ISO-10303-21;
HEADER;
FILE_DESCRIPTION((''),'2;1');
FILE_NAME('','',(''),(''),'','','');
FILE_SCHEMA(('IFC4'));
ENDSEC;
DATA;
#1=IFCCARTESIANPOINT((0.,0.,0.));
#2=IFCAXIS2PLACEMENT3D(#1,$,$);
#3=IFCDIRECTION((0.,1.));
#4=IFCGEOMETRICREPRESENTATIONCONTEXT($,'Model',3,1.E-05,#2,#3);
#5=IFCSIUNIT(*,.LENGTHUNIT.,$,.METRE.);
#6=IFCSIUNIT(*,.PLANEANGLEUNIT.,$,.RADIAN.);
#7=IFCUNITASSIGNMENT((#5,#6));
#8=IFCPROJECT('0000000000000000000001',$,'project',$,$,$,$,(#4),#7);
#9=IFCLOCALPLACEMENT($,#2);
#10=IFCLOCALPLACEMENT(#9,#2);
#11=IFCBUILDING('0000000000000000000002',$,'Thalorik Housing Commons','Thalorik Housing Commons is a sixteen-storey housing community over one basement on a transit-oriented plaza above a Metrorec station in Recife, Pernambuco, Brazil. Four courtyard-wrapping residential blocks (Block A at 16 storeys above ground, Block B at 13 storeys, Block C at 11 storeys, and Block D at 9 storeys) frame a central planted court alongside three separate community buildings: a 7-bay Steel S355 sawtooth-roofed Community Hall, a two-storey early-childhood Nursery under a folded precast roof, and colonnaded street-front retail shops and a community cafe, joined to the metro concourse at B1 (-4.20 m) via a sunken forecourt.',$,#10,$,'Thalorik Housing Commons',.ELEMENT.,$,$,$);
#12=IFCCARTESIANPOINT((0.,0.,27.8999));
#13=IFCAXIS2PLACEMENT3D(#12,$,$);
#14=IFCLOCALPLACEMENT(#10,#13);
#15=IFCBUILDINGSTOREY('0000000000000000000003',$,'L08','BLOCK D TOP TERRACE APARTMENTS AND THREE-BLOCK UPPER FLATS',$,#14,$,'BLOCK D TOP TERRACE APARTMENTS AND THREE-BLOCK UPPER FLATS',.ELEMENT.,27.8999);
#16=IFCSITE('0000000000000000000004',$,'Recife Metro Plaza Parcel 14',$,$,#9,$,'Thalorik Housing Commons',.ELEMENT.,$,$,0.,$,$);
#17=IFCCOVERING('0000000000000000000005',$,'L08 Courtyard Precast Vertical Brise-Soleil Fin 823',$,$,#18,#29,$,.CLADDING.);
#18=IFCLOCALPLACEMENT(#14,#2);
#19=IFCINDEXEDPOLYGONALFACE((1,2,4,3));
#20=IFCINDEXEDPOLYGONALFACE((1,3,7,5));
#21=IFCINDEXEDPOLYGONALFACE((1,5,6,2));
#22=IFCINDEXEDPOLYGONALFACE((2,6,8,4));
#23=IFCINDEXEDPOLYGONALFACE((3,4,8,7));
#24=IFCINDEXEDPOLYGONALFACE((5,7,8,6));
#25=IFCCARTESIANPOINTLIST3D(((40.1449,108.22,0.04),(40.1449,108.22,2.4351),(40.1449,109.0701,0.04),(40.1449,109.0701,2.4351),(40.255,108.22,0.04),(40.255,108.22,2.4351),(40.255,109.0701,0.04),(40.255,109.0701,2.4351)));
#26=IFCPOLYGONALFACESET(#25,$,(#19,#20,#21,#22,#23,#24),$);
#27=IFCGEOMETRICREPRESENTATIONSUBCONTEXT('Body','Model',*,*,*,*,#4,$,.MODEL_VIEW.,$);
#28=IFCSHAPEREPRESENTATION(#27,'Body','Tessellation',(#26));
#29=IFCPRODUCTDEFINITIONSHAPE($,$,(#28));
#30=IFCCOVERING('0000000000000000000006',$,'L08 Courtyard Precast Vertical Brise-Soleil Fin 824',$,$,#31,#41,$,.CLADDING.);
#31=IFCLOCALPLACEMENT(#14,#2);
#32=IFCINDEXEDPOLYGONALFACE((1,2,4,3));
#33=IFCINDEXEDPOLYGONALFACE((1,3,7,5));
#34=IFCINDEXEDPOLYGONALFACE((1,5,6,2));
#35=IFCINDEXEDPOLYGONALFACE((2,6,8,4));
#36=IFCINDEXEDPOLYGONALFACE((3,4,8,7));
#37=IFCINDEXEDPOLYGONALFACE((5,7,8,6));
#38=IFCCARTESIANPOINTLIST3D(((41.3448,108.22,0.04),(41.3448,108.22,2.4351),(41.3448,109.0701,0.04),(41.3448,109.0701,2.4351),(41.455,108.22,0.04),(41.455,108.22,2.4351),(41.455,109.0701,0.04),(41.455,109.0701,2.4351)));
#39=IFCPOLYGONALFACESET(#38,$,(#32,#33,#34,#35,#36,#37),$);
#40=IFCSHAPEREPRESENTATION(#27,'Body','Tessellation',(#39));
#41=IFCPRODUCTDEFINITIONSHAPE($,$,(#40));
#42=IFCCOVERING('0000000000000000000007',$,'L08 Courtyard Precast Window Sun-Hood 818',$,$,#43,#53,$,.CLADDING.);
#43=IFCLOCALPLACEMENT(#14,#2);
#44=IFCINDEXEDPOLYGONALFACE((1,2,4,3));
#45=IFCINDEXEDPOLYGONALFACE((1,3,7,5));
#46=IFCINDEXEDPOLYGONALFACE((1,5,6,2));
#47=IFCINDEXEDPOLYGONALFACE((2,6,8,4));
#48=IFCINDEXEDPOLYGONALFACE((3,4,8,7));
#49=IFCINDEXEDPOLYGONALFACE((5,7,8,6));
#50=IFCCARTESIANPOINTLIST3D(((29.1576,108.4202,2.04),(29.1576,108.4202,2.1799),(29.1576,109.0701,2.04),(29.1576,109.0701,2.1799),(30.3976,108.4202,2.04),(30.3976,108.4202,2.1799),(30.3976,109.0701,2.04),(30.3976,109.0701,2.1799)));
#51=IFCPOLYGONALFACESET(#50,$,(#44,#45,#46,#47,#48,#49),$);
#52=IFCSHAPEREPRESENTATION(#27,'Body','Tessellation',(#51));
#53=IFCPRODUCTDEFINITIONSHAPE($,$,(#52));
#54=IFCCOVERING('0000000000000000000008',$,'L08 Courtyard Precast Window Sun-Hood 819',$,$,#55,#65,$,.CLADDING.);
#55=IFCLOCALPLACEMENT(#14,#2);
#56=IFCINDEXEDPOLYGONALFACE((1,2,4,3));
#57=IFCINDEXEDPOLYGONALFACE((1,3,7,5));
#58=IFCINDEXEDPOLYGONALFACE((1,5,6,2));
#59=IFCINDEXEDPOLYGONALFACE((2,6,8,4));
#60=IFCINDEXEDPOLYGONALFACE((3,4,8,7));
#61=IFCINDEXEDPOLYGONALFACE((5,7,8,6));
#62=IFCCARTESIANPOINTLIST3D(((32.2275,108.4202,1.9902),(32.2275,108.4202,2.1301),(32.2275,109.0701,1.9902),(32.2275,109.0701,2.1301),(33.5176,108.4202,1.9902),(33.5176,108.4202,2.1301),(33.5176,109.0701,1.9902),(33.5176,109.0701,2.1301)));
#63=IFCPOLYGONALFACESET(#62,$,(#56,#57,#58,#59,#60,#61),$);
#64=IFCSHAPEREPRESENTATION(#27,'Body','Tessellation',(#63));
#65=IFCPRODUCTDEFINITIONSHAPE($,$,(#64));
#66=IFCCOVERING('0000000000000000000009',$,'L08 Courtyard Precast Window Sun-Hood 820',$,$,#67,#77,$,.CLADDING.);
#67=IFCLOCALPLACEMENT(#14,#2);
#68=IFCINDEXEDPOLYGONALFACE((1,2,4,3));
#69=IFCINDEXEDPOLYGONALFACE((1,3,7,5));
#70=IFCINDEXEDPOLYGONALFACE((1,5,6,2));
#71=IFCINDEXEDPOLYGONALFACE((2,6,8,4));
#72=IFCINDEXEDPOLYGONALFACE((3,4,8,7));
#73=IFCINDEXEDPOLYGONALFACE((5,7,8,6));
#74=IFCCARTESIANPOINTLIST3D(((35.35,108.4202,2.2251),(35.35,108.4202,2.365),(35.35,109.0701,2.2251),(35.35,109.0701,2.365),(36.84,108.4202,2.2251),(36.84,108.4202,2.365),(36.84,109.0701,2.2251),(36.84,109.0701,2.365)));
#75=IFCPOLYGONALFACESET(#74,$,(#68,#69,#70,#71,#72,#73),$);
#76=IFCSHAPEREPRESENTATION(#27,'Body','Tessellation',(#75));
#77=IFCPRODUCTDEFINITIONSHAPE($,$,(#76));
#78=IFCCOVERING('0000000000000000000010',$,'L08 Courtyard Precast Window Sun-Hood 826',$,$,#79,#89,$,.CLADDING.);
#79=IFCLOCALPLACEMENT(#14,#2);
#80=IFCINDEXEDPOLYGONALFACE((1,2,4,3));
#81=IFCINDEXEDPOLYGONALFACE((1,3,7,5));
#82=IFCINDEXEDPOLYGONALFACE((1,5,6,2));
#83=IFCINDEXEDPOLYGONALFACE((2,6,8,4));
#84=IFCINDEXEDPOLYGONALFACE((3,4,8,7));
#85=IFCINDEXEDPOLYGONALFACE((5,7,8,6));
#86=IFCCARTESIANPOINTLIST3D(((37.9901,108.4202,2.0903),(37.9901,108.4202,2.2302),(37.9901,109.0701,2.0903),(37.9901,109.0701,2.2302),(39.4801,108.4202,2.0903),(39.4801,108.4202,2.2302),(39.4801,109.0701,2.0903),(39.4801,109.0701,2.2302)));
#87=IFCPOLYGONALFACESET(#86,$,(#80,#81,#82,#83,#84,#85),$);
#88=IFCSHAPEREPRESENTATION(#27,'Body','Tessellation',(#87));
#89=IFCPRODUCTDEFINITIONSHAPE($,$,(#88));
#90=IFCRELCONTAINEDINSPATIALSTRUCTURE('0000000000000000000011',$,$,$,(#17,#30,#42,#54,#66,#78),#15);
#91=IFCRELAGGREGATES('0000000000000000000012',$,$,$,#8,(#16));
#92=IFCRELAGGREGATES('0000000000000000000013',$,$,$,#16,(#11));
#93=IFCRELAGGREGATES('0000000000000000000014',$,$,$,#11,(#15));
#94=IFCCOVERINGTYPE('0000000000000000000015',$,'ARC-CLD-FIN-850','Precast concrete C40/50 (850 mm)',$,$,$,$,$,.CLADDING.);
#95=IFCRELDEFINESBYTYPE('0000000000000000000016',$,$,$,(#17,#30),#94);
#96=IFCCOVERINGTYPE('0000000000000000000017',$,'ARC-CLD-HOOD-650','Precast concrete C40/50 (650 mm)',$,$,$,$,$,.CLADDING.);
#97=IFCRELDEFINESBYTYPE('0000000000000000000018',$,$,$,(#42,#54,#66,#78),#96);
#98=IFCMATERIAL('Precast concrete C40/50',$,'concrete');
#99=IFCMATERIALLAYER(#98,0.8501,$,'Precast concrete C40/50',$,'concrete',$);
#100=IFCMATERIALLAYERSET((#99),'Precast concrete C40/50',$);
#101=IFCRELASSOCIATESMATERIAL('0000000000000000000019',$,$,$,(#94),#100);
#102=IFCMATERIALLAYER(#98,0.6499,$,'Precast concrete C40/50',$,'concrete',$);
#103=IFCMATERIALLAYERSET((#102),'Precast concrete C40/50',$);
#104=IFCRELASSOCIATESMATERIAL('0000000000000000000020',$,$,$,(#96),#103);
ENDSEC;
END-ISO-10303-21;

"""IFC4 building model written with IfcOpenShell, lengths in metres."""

from ifc_helpers import new_model, si_unit, direction, frame, origin, origin_2d, place, context, subcontext, project, spatial, rectangle, extrude, material, layer, layer_set, type_object, element, save


model = new_model("IFC4")

# Units and contexts
model_context = context("Model", 3, precision=1e-05, world=origin(), true_north=direction((0.0, 1.0)))
body_context = subcontext(model_context, "Body", "Model", "MODEL_VIEW")
ifc_project = project(units=[si_unit("LENGTHUNIT", "METRE"), si_unit("PLANEANGLEUNIT", "RADIAN")], contexts=[model_context])

# Site, building, storey
site_placement = place(None, origin())
site = spatial("IfcSite", under=ifc_project, at=site_placement, Name="Recife Metro Plaza Parcel 14", LongName="Thalorik Housing Commons", CompositionType="ELEMENT", RefElevation=0.0)
building_placement = place(site_placement, origin())
building = spatial("IfcBuilding", under=site, at=building_placement, Name="Thalorik Housing Commons", Description="Thalorik Housing Commons is a sixteen-storey housing community over one basement on a transit-oriented plaza above a Metrorec station in Recife, Pernambuco, Brazil. Four courtyard-wrapping residential blocks (Block A at 16 storeys above ground, Block B at 13 storeys, Block C at 11 storeys, and Block D at 9 storeys) frame a central planted court alongside three separate community buildings: a 7-bay Steel S355 sawtooth-roofed Community Hall, a two-storey early-childhood Nursery under a folded precast roof, and colonnaded street-front retail shops and a community cafe, joined to the metro concourse at B1 (-4.20 m) via a sunken forecourt.", LongName="Thalorik Housing Commons", CompositionType="ELEMENT")
storey_placement = place(building_placement, frame((0.0, 0.0, 27.8999)))
storey = spatial("IfcBuildingStorey", under=building, at=storey_placement, Name="L08", Description="BLOCK D TOP TERRACE APARTMENTS AND THREE-BLOCK UPPER FLATS", LongName="BLOCK D TOP TERRACE APARTMENTS AND THREE-BLOCK UPPER FLATS", CompositionType="ELEMENT", Elevation=27.8999)

# Shared definitions
ifc_material_1 = material(Name="Precast concrete C40/50", Category="concrete")

# Coverings
ifc_layer_1 = layer(ifc_material_1, 0.8501, Name="Precast concrete C40/50", Category="concrete")
ifc_layer_set_1 = layer_set([ifc_layer_1], Name="Precast concrete C40/50")
covering_type_1 = type_object("IfcCoveringType", Name="ARC-CLD-FIN-850", Description="Precast concrete C40/50 (850 mm)", PredefinedType="CLADDING", material=ifc_layer_set_1)
for number, where, z_axis, x_axis, name in (
    (1, (40.2, 108.645, 0.04), (0.0, 0.0, 1.0), (1.0, 0.0, 0.0), "L08 Courtyard Precast Vertical Brise-Soleil Fin 823"),
    (2, (41.3999, 108.645, 0.04), (0.0, 0.0, 1.0), (1.0, 0.0, 0.0), "L08 Courtyard Precast Vertical Brise-Soleil Fin 824"),
):
    element("IfcCovering", number, at=place(storey_placement, frame(where, z_axis=z_axis, x_axis=x_axis)), inside=storey, type_object=covering_type_1, Name=name, PredefinedType="CLADDING", context=body_context, shape_type="SweptSolid", body=[
        extrude(rectangle(XDim=0.1101, YDim=0.8501, at=origin_2d()), origin(), (0.0, 0.0, 1.0), 2.395),
    ])
ifc_layer_2 = layer(ifc_material_1, 0.6499, Name="Precast concrete C40/50", Category="concrete")
ifc_layer_set_2 = layer_set([ifc_layer_2], Name="Precast concrete C40/50")
covering_type_2 = type_object("IfcCoveringType", Name="ARC-CLD-HOOD-650", Description="Precast concrete C40/50 (650 mm)", PredefinedType="CLADDING", material=ifc_layer_set_2)
covering_1_placement = place(storey_placement, frame((29.7776, 108.7451, 2.04), z_axis=(0.0, 0.0, 1.0), x_axis=(1.0, 0.0, 0.0)))
element("IfcCovering", 3, at=covering_1_placement, inside=storey, type_object=covering_type_2, Name="L08 Courtyard Precast Window Sun-Hood 818", PredefinedType="CLADDING", context=body_context, shape_type="SweptSolid", body=[
    extrude(rectangle(XDim=1.24, YDim=0.6499, at=origin_2d()), origin(), (0.0, 0.0, 1.0), 0.1399),
])
covering_2_placement = place(storey_placement, frame((32.8726, 108.7451, 1.9902), z_axis=(0.0, 0.0, 1.0), x_axis=(1.0, 0.0, 0.0)))
element("IfcCovering", 4, at=covering_2_placement, inside=storey, type_object=covering_type_2, Name="L08 Courtyard Precast Window Sun-Hood 819", PredefinedType="CLADDING", context=body_context, shape_type="SweptSolid", body=[
    extrude(rectangle(XDim=1.29, YDim=0.6499, at=origin_2d()), origin(), (0.0, 0.0, 1.0), 0.1399),
])
for number, where, z_axis, x_axis, name in (
    (5, (36.095, 108.7451, 2.2251), (0.0, 0.0, 1.0), (1.0, 0.0, 0.0), "L08 Courtyard Precast Window Sun-Hood 820"),
    (6, (38.7351, 108.7451, 2.0903), (0.0, 0.0, 1.0), (1.0, 0.0, 0.0), "L08 Courtyard Precast Window Sun-Hood 826"),
):
    element("IfcCovering", number, at=place(storey_placement, frame(where, z_axis=z_axis, x_axis=x_axis)), inside=storey, type_object=covering_type_2, Name=name, PredefinedType="CLADDING", context=body_context, shape_type="SweptSolid", body=[
        extrude(rectangle(XDim=1.49, YDim=0.6499, at=origin_2d()), origin(), (0.0, 0.0, 1.0), 0.1399),
    ])

save(model, "model.ifc")
